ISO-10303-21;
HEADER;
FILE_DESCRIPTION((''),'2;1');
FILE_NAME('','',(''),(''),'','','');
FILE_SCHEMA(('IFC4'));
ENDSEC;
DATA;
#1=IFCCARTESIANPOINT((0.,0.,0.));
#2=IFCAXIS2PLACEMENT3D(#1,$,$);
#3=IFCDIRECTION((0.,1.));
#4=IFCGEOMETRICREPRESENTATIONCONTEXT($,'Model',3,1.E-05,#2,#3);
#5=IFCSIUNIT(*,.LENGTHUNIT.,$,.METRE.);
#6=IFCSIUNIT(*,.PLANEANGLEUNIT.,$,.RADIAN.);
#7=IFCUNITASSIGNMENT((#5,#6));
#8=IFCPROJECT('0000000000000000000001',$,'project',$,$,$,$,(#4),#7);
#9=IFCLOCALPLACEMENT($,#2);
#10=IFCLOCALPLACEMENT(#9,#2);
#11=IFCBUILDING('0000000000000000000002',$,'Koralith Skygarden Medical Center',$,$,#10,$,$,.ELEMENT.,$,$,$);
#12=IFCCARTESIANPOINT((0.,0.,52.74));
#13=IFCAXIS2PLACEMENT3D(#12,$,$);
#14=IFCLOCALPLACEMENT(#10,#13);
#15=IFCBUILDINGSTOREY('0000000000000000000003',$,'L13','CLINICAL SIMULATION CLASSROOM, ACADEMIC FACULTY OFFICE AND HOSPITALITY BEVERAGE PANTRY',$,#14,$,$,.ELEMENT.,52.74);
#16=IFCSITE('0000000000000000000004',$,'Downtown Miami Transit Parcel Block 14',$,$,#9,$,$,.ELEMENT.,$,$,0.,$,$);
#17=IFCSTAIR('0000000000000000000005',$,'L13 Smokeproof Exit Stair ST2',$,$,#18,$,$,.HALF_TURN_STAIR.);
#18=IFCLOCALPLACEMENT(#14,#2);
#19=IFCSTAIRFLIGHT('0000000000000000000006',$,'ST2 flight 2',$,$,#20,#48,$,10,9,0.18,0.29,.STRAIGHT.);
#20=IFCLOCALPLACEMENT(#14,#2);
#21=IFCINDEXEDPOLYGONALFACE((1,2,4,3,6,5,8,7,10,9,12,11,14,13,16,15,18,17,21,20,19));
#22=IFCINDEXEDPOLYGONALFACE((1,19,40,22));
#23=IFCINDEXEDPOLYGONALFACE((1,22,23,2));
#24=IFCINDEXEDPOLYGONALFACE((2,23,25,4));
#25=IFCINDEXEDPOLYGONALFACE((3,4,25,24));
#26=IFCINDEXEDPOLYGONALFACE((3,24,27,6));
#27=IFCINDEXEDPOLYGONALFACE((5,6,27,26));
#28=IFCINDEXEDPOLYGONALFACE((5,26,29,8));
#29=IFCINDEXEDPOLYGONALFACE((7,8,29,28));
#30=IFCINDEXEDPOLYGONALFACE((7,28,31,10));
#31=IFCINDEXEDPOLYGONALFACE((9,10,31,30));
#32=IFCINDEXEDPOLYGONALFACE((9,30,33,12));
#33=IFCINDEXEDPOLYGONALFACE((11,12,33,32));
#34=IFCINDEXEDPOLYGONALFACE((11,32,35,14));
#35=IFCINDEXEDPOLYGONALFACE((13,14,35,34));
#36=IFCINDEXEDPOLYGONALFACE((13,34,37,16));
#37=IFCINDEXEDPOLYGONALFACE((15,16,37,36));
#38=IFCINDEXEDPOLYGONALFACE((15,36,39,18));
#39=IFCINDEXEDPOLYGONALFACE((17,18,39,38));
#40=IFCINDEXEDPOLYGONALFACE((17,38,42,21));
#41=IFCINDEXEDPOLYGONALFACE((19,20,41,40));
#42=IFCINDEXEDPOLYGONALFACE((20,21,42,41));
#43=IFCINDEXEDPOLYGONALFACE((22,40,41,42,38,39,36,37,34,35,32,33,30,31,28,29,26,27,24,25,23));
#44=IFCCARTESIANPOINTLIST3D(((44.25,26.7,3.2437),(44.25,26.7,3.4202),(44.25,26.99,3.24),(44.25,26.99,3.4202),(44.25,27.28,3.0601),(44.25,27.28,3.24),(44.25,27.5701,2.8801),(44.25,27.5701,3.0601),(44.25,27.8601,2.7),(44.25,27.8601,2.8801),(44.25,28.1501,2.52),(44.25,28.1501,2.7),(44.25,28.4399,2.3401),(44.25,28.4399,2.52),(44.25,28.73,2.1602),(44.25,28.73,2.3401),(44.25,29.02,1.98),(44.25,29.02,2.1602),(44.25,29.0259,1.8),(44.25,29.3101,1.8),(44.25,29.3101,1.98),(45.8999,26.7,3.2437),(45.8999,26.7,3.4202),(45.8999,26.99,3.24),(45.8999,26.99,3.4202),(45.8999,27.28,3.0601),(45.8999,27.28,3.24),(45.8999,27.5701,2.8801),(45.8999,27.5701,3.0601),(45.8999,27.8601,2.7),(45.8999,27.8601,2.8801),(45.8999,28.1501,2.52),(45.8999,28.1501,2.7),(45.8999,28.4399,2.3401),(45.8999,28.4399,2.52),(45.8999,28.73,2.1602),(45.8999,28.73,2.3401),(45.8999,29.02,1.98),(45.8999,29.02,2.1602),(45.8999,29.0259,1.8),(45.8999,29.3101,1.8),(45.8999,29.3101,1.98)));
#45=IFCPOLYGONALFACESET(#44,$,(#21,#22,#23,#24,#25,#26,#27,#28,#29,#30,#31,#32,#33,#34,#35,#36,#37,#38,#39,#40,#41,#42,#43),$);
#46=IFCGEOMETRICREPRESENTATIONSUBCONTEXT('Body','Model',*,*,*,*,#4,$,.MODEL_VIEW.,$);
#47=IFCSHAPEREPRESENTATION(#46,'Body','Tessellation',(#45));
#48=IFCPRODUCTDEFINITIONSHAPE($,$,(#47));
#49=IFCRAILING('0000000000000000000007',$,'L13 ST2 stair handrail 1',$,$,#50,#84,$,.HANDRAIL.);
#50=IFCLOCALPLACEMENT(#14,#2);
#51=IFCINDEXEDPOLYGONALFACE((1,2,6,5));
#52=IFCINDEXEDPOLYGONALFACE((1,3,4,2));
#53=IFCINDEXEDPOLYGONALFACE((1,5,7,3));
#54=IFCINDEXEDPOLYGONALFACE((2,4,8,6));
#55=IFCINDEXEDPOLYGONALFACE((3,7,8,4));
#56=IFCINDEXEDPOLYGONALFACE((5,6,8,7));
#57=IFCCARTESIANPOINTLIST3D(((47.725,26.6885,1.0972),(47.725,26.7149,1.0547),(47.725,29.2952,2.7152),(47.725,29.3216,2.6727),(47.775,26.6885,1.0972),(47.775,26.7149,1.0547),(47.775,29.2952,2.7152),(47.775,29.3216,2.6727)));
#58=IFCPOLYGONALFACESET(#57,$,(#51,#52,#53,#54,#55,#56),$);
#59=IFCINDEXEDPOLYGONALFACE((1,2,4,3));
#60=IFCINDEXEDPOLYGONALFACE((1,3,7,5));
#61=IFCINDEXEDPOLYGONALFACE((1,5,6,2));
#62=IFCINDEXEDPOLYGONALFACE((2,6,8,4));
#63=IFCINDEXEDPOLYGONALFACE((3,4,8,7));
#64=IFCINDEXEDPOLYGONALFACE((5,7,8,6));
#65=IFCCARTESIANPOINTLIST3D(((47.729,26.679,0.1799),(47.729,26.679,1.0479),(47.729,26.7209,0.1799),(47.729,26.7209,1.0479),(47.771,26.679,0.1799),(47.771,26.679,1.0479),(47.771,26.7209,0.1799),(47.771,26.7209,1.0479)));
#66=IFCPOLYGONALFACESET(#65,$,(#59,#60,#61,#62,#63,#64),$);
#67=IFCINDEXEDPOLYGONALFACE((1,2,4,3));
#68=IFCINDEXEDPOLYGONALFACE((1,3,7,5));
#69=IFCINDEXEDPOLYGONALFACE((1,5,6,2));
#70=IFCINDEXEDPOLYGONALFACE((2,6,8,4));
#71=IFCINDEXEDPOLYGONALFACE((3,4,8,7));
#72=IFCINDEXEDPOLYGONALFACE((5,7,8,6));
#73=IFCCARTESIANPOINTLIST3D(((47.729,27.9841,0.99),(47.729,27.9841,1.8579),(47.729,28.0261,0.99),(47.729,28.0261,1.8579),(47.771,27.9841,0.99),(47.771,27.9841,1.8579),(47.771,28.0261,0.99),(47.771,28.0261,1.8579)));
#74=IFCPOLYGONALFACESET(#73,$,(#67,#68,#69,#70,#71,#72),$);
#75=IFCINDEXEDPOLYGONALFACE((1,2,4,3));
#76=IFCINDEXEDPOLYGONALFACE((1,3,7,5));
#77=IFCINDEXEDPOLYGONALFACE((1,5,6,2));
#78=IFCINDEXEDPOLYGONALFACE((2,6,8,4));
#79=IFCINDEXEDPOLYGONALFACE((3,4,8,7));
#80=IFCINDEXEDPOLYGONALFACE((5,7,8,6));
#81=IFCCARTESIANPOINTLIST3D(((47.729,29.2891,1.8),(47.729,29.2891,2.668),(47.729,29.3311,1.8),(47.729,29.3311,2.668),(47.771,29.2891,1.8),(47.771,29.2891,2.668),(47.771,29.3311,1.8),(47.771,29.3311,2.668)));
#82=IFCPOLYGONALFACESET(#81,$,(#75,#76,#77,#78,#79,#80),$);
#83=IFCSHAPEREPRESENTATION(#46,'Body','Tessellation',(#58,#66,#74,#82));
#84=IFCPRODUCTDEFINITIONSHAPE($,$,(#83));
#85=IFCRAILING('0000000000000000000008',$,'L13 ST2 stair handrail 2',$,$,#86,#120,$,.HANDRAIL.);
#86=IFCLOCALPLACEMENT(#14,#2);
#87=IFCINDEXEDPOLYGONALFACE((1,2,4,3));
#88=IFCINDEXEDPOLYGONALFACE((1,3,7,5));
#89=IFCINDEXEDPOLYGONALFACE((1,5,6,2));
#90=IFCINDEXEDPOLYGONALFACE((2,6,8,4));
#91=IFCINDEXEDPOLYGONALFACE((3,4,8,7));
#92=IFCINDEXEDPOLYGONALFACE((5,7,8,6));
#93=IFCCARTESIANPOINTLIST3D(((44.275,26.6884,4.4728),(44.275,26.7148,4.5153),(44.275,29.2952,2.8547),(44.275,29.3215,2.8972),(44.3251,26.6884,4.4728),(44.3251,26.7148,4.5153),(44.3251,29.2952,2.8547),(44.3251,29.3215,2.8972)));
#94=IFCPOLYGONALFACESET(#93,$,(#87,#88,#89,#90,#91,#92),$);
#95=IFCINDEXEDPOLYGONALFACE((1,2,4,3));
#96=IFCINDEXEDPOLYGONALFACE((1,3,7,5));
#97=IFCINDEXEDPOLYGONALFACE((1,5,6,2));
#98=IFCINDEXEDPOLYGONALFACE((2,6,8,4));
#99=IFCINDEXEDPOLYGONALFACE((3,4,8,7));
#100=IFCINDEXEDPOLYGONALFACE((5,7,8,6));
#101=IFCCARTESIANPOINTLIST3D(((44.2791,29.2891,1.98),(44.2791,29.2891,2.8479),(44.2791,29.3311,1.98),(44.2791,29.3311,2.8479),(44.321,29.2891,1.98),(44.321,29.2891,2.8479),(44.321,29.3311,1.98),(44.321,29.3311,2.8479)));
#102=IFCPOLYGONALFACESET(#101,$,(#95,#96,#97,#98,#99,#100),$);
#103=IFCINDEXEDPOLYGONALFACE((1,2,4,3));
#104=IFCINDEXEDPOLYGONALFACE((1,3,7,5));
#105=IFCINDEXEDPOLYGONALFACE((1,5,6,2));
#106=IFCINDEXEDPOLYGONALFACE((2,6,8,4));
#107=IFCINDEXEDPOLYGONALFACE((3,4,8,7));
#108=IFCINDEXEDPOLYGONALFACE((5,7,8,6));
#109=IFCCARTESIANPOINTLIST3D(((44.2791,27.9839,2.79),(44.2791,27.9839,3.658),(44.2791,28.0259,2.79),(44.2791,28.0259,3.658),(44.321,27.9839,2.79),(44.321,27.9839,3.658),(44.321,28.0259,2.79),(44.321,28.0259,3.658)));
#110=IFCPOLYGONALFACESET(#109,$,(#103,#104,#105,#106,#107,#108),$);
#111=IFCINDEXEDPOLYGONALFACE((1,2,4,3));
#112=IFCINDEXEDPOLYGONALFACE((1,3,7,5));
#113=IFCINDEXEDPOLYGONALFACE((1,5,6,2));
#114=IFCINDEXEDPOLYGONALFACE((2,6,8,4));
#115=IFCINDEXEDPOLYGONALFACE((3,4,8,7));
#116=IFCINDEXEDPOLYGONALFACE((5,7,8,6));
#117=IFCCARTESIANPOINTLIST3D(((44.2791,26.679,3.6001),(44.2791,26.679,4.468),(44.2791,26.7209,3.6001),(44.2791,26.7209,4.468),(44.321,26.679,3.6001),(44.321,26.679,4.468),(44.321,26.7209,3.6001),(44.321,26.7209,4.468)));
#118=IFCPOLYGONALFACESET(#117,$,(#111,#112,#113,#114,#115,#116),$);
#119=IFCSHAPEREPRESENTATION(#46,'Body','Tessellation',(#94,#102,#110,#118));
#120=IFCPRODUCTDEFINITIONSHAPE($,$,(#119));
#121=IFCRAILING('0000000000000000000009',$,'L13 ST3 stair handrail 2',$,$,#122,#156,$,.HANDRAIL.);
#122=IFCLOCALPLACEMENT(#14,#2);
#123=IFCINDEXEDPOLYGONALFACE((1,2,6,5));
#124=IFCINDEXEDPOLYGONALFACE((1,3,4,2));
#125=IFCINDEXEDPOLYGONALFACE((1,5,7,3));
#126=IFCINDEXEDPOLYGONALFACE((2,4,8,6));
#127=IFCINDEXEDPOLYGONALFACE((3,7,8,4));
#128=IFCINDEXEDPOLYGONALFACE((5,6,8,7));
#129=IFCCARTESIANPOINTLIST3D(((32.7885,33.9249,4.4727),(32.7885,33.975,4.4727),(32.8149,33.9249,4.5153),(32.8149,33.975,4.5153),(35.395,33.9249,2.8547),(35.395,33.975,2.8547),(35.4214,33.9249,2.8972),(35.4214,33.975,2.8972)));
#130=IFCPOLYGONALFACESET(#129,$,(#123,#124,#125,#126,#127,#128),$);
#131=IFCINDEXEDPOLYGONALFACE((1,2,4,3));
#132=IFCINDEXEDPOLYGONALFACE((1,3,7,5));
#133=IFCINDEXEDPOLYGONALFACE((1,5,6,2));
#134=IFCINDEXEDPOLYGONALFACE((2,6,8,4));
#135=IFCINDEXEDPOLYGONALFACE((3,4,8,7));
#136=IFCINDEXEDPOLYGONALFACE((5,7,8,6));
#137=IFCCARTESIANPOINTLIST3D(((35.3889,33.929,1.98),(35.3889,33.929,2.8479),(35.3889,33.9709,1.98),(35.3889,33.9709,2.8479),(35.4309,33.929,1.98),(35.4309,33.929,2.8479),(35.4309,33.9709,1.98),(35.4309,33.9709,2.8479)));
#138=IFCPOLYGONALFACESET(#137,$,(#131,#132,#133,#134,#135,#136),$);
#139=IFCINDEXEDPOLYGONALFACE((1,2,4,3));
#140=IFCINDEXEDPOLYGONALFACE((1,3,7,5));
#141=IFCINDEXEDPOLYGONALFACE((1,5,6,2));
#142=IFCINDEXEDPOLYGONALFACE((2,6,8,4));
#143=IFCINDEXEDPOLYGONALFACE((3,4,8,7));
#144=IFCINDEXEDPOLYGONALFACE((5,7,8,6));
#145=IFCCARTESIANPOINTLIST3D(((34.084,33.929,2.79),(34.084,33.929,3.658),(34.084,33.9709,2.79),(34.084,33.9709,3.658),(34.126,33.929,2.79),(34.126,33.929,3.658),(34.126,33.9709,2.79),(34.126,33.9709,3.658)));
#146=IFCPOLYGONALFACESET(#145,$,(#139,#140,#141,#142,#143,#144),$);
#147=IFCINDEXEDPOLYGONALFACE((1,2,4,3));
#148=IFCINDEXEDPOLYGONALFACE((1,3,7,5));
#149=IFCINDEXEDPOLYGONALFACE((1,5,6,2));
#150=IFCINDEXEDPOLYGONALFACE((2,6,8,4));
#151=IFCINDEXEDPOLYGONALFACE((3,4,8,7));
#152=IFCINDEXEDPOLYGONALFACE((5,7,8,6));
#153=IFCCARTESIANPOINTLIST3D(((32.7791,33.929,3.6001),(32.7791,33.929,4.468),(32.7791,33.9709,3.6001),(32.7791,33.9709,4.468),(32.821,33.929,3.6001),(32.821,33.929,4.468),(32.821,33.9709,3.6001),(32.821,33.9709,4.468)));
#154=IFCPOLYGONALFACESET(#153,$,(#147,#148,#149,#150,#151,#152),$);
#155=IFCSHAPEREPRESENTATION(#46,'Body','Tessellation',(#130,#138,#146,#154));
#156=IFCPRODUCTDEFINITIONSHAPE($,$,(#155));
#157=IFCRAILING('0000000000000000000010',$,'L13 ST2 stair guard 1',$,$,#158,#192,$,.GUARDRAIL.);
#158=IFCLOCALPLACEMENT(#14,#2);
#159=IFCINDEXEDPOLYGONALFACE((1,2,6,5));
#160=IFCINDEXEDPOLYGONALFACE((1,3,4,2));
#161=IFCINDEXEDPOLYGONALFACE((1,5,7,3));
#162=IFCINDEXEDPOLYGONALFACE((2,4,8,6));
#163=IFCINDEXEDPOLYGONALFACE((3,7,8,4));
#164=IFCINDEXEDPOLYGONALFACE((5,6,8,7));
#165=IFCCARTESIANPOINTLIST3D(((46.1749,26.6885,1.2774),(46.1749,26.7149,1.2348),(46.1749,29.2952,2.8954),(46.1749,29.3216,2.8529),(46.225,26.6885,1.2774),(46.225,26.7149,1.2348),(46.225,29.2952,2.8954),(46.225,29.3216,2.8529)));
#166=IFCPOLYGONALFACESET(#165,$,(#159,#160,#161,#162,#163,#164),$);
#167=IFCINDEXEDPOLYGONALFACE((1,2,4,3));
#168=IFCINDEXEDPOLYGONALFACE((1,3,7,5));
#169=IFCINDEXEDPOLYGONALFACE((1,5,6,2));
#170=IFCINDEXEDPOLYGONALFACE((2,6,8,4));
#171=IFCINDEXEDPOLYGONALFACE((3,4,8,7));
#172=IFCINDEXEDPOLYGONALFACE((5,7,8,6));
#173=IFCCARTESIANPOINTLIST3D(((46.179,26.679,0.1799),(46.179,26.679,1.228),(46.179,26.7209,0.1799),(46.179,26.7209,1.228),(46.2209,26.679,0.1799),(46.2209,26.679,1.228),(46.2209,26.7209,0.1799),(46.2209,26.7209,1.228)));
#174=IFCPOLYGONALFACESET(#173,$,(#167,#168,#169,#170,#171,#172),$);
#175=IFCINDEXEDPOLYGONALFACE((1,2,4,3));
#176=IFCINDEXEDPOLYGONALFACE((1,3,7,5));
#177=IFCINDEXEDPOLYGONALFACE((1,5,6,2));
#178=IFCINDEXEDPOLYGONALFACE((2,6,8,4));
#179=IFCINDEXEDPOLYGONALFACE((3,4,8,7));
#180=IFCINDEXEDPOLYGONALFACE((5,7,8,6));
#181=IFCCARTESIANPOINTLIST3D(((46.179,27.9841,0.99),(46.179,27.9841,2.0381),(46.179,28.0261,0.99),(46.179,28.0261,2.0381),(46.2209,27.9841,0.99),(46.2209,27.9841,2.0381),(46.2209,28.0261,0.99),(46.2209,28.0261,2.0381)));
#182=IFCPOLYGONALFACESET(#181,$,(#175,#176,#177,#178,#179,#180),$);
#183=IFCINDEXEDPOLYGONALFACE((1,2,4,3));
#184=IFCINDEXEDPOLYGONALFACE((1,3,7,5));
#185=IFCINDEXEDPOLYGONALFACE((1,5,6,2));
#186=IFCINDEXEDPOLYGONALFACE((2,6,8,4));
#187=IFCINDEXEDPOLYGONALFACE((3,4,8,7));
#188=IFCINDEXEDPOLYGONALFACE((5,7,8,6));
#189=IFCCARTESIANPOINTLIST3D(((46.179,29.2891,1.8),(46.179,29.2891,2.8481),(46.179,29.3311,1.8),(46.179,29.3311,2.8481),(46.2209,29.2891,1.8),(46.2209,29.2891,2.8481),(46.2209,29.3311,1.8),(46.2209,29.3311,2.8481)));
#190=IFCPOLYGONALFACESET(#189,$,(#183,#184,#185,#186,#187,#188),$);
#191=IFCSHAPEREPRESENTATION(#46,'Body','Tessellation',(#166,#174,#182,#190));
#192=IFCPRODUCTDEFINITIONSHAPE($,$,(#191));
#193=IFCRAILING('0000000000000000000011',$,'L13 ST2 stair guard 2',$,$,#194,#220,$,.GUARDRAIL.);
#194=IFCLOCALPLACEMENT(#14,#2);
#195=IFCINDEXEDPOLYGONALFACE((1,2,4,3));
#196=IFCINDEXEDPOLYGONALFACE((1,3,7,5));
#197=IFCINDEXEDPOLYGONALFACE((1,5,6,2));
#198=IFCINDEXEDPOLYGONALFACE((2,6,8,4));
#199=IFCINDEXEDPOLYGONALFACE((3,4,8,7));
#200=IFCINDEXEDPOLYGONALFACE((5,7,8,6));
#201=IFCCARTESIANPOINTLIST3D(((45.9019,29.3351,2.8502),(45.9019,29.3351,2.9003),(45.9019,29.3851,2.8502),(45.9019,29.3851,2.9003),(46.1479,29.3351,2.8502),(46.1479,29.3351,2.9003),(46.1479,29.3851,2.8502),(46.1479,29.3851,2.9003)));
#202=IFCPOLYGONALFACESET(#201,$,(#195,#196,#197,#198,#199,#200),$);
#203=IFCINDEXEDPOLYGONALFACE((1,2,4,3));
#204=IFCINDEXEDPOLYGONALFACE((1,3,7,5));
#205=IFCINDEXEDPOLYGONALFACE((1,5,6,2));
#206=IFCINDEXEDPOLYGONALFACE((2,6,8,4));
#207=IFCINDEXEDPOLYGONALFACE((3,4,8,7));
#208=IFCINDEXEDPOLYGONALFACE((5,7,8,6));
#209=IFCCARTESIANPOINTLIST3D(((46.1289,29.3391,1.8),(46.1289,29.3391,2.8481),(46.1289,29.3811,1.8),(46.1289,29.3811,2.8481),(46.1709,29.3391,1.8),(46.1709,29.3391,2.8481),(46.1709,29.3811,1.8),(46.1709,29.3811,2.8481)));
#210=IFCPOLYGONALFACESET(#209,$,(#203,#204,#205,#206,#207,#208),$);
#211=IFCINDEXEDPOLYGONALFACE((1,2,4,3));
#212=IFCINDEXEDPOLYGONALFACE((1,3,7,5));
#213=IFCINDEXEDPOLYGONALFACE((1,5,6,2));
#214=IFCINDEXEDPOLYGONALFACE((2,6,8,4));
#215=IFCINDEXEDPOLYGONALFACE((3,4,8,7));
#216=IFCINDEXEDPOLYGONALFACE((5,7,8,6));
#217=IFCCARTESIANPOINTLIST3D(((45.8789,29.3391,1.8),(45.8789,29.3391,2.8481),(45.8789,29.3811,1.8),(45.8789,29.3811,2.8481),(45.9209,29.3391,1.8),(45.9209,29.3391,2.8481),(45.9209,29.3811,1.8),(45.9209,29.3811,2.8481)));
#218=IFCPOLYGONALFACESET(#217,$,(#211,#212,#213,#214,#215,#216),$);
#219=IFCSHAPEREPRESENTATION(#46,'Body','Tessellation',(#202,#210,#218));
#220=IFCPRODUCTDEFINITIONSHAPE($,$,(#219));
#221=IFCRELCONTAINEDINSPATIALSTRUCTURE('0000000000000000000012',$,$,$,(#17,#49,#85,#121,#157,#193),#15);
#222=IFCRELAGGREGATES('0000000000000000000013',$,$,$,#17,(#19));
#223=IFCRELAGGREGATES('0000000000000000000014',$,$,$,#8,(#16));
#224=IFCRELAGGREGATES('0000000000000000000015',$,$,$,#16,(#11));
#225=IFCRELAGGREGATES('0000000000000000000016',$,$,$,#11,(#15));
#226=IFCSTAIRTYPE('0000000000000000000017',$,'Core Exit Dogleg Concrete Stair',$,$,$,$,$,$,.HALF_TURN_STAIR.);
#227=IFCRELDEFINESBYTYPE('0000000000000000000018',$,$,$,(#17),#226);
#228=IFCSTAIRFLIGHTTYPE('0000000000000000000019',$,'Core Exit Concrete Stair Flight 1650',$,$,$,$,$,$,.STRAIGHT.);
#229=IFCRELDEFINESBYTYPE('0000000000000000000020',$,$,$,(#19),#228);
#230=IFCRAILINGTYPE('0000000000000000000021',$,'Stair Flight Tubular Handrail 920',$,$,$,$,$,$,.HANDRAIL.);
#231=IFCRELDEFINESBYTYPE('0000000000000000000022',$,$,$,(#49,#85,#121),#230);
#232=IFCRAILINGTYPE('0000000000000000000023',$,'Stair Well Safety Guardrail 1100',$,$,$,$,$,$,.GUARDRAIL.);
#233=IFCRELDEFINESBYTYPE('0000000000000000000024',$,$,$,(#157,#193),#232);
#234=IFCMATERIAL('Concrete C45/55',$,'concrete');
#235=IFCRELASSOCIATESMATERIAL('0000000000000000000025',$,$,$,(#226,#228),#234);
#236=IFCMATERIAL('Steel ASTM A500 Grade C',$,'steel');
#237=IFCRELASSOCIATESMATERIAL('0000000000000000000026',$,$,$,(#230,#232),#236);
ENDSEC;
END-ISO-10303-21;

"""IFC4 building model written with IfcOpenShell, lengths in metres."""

from ifc_helpers import new_model, si_unit, direction, frame, origin, origin_2d, place, context, subcontext, project, spatial, polyline, rectangle, outline, extrude, material, type_object, element, aggregate, save


model = new_model("IFC4")

# Units and contexts
model_context = context("Model", 3, precision=1e-05, world=origin(), true_north=direction((0.0, 1.0)))
body_context = subcontext(model_context, "Body", "Model", "MODEL_VIEW")
ifc_project = project(units=[si_unit("LENGTHUNIT", "METRE"), si_unit("PLANEANGLEUNIT", "RADIAN")], contexts=[model_context])

# Site, building, storey
site_placement = place(None, origin())
site = spatial("IfcSite", under=ifc_project, at=site_placement, Name="Downtown Miami Transit Parcel Block 14", CompositionType="ELEMENT", RefElevation=0.0)
building_placement = place(site_placement, origin())
building = spatial("IfcBuilding", under=site, at=building_placement, Name="Koralith Skygarden Medical Center", CompositionType="ELEMENT")
storey_placement = place(building_placement, frame((0.0, 0.0, 52.74)))
storey = spatial("IfcBuildingStorey", under=building, at=storey_placement, Name="L13", Description="CLINICAL SIMULATION CLASSROOM, ACADEMIC FACULTY OFFICE AND HOSPITALITY BEVERAGE PANTRY", CompositionType="ELEMENT", Elevation=52.74)

# Shared definitions
ifc_material_1 = material(Name="Concrete C45/55", Category="concrete")

# Shared definitions
ifc_material_2 = material(Name="Steel ASTM A500 Grade C", Category="steel")

# Stair, stair flight
stair_type = type_object("IfcStairType", Name="Core Exit Dogleg Concrete Stair", PredefinedType="HALF_TURN_STAIR", material=ifc_material_1)
stair_placement = place(storey_placement, origin())
stair = element("IfcStair", 1, at=stair_placement, inside=storey, type_object=stair_type, Name="L13 Smokeproof Exit Stair ST2", PredefinedType="HALF_TURN_STAIR")
stair_flight_type = type_object("IfcStairFlightType", Name="Core Exit Concrete Stair Flight 1650", PredefinedType="STRAIGHT", material=ifc_material_1)
stair_flight_1_placement = place(storey_placement, frame((45.075, 29.3101, 1.8), z_axis=(0.0, 0.0, 1.0), x_axis=(0.0, -1.0, 0.0)))
stair_flight_1 = element("IfcStairFlight", 2, at=stair_flight_1_placement, type_object=stair_flight_type, Name="ST2 flight 2", NumberOfRisers=10, NumberOfTreads=9, PredefinedType="STRAIGHT", RiserHeight=0.18, TreadLength=0.29, context=body_context, shape_type="SweptSolid", body=[
    extrude(outline(polyline([(0.0, 0.0), (0.0, 0.1799), (0.29, 0.1799), (0.29, 0.3601), (0.5801, 0.3601), (0.5801, 0.54), (0.8701, 0.54), (0.8701, 0.72), (1.1599, 0.72), (1.1599, 0.8999), (1.45, 0.8999), (1.45, 1.0801), (1.74, 1.0801), (1.74, 1.26), (2.03, 1.26), (2.03, 1.4399), (2.3201, 1.4399), (2.3201, 1.6201), (2.6101, 1.6201), (2.6101, 1.8), (2.6101, 1.4436), (0.2842, 0.0), (0.0, 0.0)])), frame((0.0, 0.825, 0.0), z_axis=(0.0, -1.0, 0.0), x_axis=(1.0, 0.0, 0.0)), (0.0, 0.0, 1.0), 1.6499),
])
aggregate(stair, [stair_flight_1])

# Railings
railing_type_1 = type_object("IfcRailingType", Name="Stair Flight Tubular Handrail 920", PredefinedType="HANDRAIL", material=ifc_material_2)
railing_1_placement = place(storey_placement, frame((47.75, 26.7, 0.1799)))
element("IfcRailing", 3, at=railing_1_placement, inside=storey, type_object=railing_type_1, Name="L13 ST2 stair handrail 1", PredefinedType="HANDRAIL", context=body_context, shape_type="SweptSolid", body=[
    extrude(rectangle(XDim=0.05, YDim=0.05, at=origin_2d()), frame((0.0, 0.0017, 0.896), z_axis=(0.0, 0.849633, 0.527375), x_axis=(-1.0, 0.0, 0.0)), (0.0, 0.0, 1.0), 3.0681),
    extrude(rectangle(XDim=0.042, YDim=0.042, at=origin_2d()), origin(), (0.0, 0.0, 1.0), 0.8679),
    extrude(rectangle(XDim=0.042, YDim=0.042, at=origin_2d()), frame((0.0, 1.3052, 0.8101)), (0.0, 0.0, 1.0), 0.8679),
    extrude(rectangle(XDim=0.042, YDim=0.042, at=origin_2d()), frame((0.0, 2.6101, 1.6201)), (0.0, 0.0, 1.0), 0.8679),
])
railing_2_placement = place(storey_placement, frame((44.3, 29.3101, 1.98)))
element("IfcRailing", 4, at=railing_2_placement, inside=storey, type_object=railing_type_1, Name="L13 ST2 stair handrail 2", PredefinedType="HANDRAIL", context=body_context, shape_type="SweptSolid", body=[
    extrude(rectangle(XDim=0.05, YDim=0.05, at=origin_2d()), frame((0.0, -0.0017, 0.896), z_axis=(0.0, -0.849633, 0.527375), x_axis=(1.0, 0.0, 0.0)), (0.0, 0.0, 1.0), 3.0681),
    extrude(rectangle(XDim=0.042, YDim=0.042, at=origin_2d()), origin(), (0.0, 0.0, 1.0), 0.8679),
    extrude(rectangle(XDim=0.042, YDim=0.042, at=origin_2d()), frame((0.0, -1.3052, 0.8101)), (0.0, 0.0, 1.0), 0.8679),
    extrude(rectangle(XDim=0.042, YDim=0.042, at=origin_2d()), frame((0.0, -2.6101, 1.6201)), (0.0, 0.0, 1.0), 0.8679),
])
railing_3_placement = place(storey_placement, frame((35.4099, 33.95, 1.98)))
element("IfcRailing", 5, at=railing_3_placement, inside=storey, type_object=railing_type_1, Name="L13 ST3 stair handrail 2", PredefinedType="HANDRAIL", context=body_context, shape_type="SweptSolid", body=[
    extrude(rectangle(XDim=0.05, YDim=0.05, at=origin_2d()), frame((-0.0017, 0.0, 0.896), z_axis=(-0.849611, 0.0, 0.52741), x_axis=(0.0, -1.0, 0.0)), (0.0, 0.0, 1.0), 3.0679),
    extrude(rectangle(XDim=0.042, YDim=0.042, at=origin_2d()), origin(), (0.0, 0.0, 1.0), 0.8679),
    extrude(rectangle(XDim=0.042, YDim=0.042, at=origin_2d()), frame((-1.3049, 0.0, 0.8101)), (0.0, 0.0, 1.0), 0.8679),
    extrude(rectangle(XDim=0.042, YDim=0.042, at=origin_2d()), frame((-2.6099, 0.0, 1.6201)), (0.0, 0.0, 1.0), 0.8679),
])
railing_type_2 = type_object("IfcRailingType", Name="Stair Well Safety Guardrail 1100", PredefinedType="GUARDRAIL", material=ifc_material_2)
railing_4_placement = place(storey_placement, frame((46.2, 26.7, 0.1799)))
element("IfcRailing", 6, at=railing_4_placement, inside=storey, type_object=railing_type_2, Name="L13 ST2 stair guard 1", PredefinedType="GUARDRAIL", context=body_context, shape_type="SweptSolid", body=[
    extrude(rectangle(XDim=0.05, YDim=0.05, at=origin_2d()), frame((0.0, 0.0017, 1.0762), z_axis=(0.0, 0.849633, 0.527375), x_axis=(-1.0, 0.0, 0.0)), (0.0, 0.0, 1.0), 3.0681),
    extrude(rectangle(XDim=0.042, YDim=0.042, at=origin_2d()), origin(), (0.0, 0.0, 1.0), 1.0481),
    extrude(rectangle(XDim=0.042, YDim=0.042, at=origin_2d()), frame((0.0, 1.3052, 0.8101)), (0.0, 0.0, 1.0), 1.0481),
    extrude(rectangle(XDim=0.042, YDim=0.042, at=origin_2d()), frame((0.0, 2.6101, 1.6201)), (0.0, 0.0, 1.0), 1.0481),
])
railing_5_placement = place(storey_placement, frame((46.1499, 29.3601, 1.8)))
element("IfcRailing", 7, at=railing_5_placement, inside=storey, type_object=railing_type_2, Name="L13 ST2 stair guard 2", PredefinedType="GUARDRAIL", context=body_context, shape_type="SweptSolid", body=[
    extrude(rectangle(XDim=0.05, YDim=0.05, at=origin_2d()), frame((-0.002, 0.0, 1.0752), z_axis=(-1.0, 0.0, 0.0), x_axis=(0.0, -1.0, 0.0)), (0.0, 0.0, 1.0), 0.2461),
    extrude(rectangle(XDim=0.042, YDim=0.042, at=origin_2d()), origin(), (0.0, 0.0, 1.0), 1.0481),
    extrude(rectangle(XDim=0.042, YDim=0.042, at=origin_2d()), frame((-0.25, 0.0, 0.0)), (0.0, 0.0, 1.0), 1.0481),
])

save(model, "model.ifc")
